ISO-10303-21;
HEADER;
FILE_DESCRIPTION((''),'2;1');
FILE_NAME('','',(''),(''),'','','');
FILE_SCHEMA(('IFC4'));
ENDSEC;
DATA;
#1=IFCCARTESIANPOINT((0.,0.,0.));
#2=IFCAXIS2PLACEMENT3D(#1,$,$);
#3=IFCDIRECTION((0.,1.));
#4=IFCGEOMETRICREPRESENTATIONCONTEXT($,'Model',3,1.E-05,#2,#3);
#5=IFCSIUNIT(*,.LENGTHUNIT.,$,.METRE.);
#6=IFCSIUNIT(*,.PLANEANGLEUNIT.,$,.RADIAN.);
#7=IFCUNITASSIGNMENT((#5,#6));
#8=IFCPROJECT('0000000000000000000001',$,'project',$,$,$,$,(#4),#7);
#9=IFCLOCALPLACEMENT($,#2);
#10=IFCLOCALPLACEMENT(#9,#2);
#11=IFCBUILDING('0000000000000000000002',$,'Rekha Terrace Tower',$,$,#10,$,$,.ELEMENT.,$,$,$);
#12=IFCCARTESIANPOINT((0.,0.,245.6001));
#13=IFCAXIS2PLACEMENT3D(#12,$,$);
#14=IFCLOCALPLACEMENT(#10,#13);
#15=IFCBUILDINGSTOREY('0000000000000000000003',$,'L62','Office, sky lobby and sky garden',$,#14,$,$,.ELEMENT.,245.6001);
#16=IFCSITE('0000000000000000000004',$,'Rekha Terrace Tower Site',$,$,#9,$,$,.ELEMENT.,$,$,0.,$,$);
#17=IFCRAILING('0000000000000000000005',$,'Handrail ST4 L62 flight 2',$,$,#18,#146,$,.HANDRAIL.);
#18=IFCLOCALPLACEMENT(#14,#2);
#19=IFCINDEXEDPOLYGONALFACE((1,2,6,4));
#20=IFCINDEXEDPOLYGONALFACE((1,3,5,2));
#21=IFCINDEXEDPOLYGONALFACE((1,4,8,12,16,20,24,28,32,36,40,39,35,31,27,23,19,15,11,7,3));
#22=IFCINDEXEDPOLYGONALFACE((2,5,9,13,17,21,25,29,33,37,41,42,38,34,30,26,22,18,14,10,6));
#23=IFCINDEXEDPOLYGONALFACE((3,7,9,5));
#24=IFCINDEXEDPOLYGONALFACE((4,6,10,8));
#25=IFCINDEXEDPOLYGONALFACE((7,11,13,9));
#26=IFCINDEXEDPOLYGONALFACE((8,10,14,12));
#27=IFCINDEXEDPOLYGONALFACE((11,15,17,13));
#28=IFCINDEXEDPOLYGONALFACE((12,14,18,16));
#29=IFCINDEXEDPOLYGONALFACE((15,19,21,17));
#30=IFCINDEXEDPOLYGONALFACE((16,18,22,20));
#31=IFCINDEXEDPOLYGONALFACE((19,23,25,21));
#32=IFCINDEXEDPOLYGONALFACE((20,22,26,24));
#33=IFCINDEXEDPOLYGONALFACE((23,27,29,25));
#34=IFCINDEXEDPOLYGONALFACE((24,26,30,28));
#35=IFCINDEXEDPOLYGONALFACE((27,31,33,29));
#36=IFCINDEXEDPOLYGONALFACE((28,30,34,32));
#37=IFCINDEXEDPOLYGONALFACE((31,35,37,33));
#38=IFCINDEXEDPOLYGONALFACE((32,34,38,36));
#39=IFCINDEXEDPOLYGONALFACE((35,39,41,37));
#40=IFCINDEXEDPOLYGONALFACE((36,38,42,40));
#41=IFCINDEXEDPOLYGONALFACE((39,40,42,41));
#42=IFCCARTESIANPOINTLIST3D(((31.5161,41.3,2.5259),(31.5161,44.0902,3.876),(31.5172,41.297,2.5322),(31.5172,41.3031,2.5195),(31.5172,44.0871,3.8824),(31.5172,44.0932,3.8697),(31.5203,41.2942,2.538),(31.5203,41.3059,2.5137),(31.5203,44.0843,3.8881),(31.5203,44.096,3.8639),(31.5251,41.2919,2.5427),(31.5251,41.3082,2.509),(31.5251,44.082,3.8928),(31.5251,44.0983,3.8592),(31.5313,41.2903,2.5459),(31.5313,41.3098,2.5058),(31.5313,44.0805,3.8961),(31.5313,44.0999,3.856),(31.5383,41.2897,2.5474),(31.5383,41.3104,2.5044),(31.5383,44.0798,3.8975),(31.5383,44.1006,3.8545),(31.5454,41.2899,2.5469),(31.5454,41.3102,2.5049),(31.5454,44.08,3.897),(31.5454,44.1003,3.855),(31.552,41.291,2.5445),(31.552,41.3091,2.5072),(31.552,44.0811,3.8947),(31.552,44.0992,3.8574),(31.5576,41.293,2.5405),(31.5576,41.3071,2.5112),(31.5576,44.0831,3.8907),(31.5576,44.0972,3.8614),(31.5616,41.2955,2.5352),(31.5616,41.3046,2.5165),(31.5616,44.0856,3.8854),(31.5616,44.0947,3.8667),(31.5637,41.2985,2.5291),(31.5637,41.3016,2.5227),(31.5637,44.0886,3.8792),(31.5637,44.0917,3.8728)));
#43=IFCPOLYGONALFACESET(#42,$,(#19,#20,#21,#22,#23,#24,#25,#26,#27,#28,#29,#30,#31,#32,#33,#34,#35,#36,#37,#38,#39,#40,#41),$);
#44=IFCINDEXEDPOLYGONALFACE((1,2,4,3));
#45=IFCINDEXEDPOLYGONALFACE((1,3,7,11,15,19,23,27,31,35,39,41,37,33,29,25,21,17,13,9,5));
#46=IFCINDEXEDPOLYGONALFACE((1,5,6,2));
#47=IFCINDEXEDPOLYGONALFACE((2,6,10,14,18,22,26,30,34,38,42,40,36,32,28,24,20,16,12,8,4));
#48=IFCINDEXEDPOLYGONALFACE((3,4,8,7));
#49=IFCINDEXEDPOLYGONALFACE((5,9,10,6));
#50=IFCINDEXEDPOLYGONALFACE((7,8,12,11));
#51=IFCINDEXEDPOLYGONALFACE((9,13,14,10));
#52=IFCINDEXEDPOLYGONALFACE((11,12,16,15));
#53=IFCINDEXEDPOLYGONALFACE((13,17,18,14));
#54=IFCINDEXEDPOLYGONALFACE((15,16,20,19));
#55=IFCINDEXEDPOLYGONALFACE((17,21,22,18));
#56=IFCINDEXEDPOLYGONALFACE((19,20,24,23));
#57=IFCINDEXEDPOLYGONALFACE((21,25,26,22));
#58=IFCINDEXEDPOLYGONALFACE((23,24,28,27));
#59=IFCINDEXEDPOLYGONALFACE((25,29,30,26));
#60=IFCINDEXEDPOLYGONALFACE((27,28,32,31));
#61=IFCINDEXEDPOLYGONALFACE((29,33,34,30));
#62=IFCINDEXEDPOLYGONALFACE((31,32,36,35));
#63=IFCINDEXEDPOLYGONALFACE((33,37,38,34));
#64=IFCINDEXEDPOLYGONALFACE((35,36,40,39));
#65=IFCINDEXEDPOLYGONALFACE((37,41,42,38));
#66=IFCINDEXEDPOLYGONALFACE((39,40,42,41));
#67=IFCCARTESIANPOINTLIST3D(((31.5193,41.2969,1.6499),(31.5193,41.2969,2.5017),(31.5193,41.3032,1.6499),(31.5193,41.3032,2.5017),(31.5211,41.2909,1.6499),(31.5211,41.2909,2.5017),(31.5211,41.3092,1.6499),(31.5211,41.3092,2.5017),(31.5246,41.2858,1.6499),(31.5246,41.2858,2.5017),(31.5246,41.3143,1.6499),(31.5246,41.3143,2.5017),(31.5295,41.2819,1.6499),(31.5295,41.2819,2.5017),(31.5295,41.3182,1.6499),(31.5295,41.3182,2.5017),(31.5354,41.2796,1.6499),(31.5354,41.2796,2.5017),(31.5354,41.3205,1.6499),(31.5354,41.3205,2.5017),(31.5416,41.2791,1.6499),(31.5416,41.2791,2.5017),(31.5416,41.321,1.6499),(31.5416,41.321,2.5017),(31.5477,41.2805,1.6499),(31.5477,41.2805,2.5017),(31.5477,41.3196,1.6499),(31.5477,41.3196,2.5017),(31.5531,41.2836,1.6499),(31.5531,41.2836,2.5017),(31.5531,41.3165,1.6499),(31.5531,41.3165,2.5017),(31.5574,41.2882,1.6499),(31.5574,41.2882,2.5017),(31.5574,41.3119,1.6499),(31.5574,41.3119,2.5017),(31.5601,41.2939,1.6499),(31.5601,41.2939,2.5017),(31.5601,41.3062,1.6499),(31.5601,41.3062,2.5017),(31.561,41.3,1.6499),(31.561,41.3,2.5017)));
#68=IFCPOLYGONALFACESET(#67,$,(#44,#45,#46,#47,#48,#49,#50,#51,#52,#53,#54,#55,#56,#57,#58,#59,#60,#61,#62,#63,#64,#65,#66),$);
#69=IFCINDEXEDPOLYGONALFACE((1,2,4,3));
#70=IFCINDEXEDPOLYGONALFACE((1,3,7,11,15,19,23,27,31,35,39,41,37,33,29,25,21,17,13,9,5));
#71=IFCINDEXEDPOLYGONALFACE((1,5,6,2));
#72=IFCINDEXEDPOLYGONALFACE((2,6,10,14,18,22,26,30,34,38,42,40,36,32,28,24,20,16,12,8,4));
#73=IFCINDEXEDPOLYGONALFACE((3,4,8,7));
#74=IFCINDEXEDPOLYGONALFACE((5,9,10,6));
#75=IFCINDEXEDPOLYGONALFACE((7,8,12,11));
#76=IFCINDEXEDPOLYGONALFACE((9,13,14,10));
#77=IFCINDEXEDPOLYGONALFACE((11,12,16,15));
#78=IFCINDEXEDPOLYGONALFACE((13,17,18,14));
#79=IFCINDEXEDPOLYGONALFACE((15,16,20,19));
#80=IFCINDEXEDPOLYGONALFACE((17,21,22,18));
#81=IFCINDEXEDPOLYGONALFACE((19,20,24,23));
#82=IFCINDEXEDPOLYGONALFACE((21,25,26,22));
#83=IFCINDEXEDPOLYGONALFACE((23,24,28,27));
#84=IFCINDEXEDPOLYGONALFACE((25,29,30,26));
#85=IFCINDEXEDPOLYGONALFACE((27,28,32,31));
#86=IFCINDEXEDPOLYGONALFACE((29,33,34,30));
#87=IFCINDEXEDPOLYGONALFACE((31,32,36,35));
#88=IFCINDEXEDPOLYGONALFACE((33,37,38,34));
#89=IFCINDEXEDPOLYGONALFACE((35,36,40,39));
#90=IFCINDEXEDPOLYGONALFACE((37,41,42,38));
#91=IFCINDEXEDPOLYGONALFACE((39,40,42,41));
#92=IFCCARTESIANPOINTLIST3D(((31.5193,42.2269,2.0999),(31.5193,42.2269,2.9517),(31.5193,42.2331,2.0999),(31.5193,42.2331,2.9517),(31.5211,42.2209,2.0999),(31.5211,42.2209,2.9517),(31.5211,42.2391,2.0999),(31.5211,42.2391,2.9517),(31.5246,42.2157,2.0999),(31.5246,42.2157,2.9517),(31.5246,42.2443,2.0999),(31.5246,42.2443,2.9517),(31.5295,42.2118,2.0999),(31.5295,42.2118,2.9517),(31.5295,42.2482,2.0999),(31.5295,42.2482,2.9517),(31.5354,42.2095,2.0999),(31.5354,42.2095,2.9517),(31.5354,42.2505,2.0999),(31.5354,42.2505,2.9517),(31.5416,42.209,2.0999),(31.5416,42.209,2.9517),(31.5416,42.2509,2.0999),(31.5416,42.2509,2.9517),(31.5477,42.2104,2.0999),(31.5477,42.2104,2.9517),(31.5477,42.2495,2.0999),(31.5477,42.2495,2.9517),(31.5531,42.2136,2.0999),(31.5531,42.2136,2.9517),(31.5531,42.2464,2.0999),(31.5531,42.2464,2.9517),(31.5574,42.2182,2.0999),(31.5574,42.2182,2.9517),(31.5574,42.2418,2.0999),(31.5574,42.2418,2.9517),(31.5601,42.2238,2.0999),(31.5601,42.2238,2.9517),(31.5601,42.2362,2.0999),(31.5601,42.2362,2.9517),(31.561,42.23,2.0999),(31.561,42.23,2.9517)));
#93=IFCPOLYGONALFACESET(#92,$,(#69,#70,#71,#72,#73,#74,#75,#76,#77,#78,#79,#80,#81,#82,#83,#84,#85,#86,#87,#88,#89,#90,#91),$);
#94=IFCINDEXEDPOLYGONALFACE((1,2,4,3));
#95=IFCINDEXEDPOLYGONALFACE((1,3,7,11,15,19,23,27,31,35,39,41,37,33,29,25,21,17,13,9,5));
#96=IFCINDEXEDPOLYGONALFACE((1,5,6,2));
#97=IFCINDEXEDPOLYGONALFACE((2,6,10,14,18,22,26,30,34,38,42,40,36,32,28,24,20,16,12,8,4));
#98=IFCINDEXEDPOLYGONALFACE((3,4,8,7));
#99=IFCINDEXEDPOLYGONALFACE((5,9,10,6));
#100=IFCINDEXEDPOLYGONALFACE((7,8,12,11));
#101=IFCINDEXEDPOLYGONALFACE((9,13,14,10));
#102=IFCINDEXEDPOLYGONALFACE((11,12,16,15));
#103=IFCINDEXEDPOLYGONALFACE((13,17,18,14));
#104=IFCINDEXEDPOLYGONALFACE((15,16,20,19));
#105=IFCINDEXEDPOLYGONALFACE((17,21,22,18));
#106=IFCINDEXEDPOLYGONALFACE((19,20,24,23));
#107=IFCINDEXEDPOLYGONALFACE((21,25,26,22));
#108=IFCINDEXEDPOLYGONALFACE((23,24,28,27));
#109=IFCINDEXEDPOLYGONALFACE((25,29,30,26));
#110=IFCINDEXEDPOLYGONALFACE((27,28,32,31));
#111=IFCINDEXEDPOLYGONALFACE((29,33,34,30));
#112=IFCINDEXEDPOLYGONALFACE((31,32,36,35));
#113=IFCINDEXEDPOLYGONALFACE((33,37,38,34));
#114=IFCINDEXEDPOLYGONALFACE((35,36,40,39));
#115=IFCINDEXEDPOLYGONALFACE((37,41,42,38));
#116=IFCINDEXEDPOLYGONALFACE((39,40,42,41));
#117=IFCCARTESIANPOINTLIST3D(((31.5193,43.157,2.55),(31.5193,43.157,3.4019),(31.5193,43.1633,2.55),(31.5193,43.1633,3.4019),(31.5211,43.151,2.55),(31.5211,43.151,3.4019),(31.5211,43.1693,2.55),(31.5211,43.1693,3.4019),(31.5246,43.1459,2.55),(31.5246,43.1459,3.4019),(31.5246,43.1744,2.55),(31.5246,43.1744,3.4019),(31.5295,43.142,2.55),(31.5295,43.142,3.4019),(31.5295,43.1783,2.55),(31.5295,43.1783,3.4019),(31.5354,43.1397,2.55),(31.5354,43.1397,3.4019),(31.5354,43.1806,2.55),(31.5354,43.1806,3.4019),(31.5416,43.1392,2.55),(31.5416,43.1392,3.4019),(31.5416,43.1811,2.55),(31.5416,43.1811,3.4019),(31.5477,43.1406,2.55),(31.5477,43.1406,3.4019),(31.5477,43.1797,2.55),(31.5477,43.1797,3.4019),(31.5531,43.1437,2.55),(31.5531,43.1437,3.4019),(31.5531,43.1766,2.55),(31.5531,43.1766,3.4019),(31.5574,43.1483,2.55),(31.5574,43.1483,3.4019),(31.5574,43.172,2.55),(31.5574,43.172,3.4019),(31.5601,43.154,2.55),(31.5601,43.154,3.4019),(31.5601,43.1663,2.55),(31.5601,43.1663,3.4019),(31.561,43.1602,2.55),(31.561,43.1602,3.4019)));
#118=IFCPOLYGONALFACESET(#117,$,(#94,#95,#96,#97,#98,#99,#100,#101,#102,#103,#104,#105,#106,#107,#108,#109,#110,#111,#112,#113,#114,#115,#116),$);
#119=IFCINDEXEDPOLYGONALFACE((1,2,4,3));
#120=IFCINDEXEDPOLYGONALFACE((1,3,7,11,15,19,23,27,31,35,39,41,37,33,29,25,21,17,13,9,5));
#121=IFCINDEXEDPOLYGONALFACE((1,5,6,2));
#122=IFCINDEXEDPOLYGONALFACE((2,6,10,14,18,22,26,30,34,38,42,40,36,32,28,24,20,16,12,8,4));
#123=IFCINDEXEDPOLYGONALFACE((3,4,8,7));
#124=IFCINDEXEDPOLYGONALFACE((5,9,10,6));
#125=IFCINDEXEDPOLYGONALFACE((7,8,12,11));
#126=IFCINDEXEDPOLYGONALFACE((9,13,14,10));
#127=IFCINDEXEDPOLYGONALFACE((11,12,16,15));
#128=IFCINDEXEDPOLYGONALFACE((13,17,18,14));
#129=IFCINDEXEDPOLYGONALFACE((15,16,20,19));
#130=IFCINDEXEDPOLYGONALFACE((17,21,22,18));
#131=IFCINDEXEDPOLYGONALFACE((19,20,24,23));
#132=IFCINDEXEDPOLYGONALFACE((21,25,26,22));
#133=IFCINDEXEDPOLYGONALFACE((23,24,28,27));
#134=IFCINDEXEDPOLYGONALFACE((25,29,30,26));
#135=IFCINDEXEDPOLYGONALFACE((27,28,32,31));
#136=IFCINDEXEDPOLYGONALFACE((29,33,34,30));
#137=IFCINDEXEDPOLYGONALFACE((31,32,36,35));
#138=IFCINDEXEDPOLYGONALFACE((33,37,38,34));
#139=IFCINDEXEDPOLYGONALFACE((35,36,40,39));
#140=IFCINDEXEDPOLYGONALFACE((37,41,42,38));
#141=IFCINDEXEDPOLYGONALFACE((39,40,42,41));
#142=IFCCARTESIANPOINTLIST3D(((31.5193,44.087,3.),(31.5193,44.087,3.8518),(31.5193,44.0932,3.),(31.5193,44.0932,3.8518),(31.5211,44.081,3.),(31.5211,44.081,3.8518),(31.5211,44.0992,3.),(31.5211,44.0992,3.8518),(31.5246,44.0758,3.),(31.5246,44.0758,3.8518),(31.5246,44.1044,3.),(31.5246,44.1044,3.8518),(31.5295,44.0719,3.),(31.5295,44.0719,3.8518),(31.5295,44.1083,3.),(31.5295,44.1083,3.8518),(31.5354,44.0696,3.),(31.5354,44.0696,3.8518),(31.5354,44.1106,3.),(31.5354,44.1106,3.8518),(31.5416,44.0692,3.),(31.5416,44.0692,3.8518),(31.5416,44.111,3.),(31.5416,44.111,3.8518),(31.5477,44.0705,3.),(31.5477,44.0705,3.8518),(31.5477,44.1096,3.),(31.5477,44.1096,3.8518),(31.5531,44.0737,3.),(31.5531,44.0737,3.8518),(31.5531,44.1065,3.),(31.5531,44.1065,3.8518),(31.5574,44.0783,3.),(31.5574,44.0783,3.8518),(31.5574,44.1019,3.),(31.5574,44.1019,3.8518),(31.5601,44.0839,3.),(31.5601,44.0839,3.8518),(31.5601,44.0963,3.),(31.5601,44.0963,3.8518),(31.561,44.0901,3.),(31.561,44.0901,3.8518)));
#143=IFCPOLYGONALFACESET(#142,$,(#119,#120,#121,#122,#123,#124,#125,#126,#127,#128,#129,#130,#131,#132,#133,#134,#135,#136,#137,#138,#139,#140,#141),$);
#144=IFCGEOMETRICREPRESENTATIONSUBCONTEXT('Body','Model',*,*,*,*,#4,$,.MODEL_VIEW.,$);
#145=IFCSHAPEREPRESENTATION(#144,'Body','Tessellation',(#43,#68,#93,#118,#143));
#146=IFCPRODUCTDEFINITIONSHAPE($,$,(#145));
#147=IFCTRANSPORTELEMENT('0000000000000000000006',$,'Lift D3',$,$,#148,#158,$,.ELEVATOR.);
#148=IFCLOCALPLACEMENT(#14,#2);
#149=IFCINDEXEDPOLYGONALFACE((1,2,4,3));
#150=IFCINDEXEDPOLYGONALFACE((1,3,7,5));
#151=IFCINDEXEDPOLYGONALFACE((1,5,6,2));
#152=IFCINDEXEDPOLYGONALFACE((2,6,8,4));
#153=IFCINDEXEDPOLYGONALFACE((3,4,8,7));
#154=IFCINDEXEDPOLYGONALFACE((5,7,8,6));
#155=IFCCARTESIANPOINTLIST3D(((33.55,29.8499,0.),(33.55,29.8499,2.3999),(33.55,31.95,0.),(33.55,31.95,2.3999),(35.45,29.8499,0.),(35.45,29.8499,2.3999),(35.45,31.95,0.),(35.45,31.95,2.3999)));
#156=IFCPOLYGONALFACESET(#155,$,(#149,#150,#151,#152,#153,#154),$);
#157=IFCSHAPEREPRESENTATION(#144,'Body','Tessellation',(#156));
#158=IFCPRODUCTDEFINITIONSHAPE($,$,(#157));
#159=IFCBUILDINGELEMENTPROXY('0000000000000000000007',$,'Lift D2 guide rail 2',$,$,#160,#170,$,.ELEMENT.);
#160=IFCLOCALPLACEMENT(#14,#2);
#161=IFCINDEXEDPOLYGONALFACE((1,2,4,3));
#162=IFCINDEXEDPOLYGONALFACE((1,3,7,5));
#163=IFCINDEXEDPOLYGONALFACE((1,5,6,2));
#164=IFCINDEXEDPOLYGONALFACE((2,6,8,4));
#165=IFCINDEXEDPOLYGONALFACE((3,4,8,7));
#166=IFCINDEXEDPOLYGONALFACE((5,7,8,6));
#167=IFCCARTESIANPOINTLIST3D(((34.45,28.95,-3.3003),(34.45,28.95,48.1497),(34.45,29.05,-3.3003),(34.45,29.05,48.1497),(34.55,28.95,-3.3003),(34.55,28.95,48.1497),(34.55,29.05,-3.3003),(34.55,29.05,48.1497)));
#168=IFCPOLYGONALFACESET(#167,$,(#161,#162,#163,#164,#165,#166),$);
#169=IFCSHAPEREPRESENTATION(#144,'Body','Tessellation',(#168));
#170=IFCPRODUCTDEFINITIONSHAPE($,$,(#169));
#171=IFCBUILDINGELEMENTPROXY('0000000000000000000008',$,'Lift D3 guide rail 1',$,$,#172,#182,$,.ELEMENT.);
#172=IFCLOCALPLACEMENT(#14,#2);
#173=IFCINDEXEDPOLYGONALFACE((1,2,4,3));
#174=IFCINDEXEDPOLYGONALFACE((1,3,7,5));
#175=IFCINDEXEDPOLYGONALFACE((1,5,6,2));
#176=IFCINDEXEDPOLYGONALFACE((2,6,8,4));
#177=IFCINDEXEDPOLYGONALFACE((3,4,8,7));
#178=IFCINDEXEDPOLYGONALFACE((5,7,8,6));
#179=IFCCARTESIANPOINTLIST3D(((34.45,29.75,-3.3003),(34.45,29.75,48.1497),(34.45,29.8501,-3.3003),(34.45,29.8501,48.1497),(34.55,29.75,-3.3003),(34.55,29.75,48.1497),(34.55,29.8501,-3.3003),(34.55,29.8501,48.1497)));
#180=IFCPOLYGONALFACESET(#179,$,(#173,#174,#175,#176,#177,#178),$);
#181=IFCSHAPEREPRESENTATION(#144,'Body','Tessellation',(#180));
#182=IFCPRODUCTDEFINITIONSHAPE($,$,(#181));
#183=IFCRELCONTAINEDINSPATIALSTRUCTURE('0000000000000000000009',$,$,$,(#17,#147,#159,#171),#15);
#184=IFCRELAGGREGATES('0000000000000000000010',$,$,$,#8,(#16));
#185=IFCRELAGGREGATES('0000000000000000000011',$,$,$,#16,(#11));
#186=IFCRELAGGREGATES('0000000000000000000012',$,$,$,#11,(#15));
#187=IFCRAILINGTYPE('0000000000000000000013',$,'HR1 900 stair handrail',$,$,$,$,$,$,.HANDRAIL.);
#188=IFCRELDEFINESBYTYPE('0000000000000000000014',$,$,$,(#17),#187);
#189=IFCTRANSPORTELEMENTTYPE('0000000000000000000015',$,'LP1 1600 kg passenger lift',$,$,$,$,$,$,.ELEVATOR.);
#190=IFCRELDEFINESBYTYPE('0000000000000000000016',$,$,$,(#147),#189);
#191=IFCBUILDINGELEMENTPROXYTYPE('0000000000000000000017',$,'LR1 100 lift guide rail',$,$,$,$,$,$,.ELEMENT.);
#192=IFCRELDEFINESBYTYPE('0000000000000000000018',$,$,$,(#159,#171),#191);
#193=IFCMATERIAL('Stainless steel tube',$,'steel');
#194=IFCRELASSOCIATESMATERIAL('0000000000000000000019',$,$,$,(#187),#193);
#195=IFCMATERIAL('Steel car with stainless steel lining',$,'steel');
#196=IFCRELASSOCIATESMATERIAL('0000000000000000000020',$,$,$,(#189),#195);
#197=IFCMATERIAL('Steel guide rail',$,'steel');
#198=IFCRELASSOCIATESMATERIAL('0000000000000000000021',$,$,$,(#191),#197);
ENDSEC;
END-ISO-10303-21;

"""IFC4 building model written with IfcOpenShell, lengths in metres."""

from ifc_helpers import new_model, si_unit, direction, frame, origin, origin_2d, place, context, subcontext, project, spatial, rectangle, circle, extrude, material, type_object, element, save


model = new_model("IFC4")

# Units and contexts
model_context = context("Model", 3, precision=1e-05, world=origin(), true_north=direction((0.0, 1.0)))
body_context = subcontext(model_context, "Body", "Model", "MODEL_VIEW")
ifc_project = project(units=[si_unit("LENGTHUNIT", "METRE"), si_unit("PLANEANGLEUNIT", "RADIAN")], contexts=[model_context])

# Site, building, storey
site_placement = place(None, origin())
site = spatial("IfcSite", under=ifc_project, at=site_placement, Name="Rekha Terrace Tower Site", CompositionType="ELEMENT", RefElevation=0.0)
building_placement = place(site_placement, origin())
building = spatial("IfcBuilding", under=site, at=building_placement, Name="Rekha Terrace Tower", CompositionType="ELEMENT")
storey_placement = place(building_placement, frame((0.0, 0.0, 245.6001)))
storey = spatial("IfcBuildingStorey", under=building, at=storey_placement, Name="L62", Description="Office, sky lobby and sky garden", CompositionType="ELEMENT", Elevation=245.6001)

# Railing
ifc_material_1 = material(Name="Stainless steel tube", Category="steel")
railing_type_1 = type_object("IfcRailingType", Name="HR1 900 stair handrail", PredefinedType="HANDRAIL", material=ifc_material_1)
railing_1_placement = place(storey_placement, frame((31.54, 41.3, 1.6499)))
element("IfcRailing", 1, at=railing_1_placement, inside=storey, type_object=railing_type_1, Name="Handrail ST4 L62 flight 2", PredefinedType="HANDRAIL", context=body_context, shape_type="SweptSolid", body=[
    extrude(circle(Radius=0.0239, at=origin_2d()), frame((0.0, 0.0, 0.876), z_axis=(0.0, 0.900149, 0.435582), x_axis=(-1.0, 0.0, 0.0)), (0.0, 0.0, 1.0), 3.0996),
    extrude(circle(Radius=0.021, at=origin_2d()), origin(), (0.0, 0.0, 1.0), 0.8518),
    extrude(circle(Radius=0.021, at=origin_2d()), frame((0.0, 0.9299, 0.45)), (0.0, 0.0, 1.0), 0.8518),
    extrude(circle(Radius=0.021, at=origin_2d()), frame((0.0, 1.8601, 0.9001)), (0.0, 0.0, 1.0), 0.8518),
    extrude(circle(Radius=0.021, at=origin_2d()), frame((0.0, 2.79, 1.3501)), (0.0, 0.0, 1.0), 0.8518),
])

# Transport element
ifc_material_2 = material(Name="Steel car with stainless steel lining", Category="steel")
transport_element_type = type_object("IfcTransportElementType", Name="LP1 1600 kg passenger lift", PredefinedType="ELEVATOR", material=ifc_material_2)
transport_element_placement = place(storey_placement, frame((34.5, 30.8999, 0.0), z_axis=(0.0, 0.0, 1.0), x_axis=(1.0, 0.0, 0.0)))
element("IfcTransportElement", 2, at=transport_element_placement, inside=storey, type_object=transport_element_type, Name="Lift D3", PredefinedType="ELEVATOR", context=body_context, shape_type="SweptSolid", body=[
    extrude(rectangle(XDim=1.8999, YDim=2.1001, at=origin_2d()), origin(), (0.0, 0.0, 1.0), 2.3999),
])

# Building element proxies
ifc_material_3 = material(Name="Steel guide rail", Category="steel")
building_element_proxy_type = type_object("IfcBuildingElementProxyType", Name="LR1 100 lift guide rail", PredefinedType="ELEMENT", material=ifc_material_3)
for number, where, z_axis, x_axis, name in (
    (3, (34.5, 29.0, -3.3003), (0.0, 0.0, 1.0), (1.0, 0.0, 0.0), "Lift D2 guide rail 2"),
    (4, (34.5, 29.8, -3.3003), (0.0, 0.0, 1.0), (1.0, 0.0, 0.0), "Lift D3 guide rail 1"),
):
    element("IfcBuildingElementProxy", number, at=place(storey_placement, frame(where, z_axis=z_axis, x_axis=x_axis)), inside=storey, type_object=building_element_proxy_type, Name=name, PredefinedType="ELEMENT", context=body_context, shape_type="SweptSolid", body=[
        extrude(rectangle(XDim=0.1001, YDim=0.1001, at=origin_2d()), origin(), (0.0, 0.0, 1.0), 51.45),
    ])

save(model, "model.ifc")
